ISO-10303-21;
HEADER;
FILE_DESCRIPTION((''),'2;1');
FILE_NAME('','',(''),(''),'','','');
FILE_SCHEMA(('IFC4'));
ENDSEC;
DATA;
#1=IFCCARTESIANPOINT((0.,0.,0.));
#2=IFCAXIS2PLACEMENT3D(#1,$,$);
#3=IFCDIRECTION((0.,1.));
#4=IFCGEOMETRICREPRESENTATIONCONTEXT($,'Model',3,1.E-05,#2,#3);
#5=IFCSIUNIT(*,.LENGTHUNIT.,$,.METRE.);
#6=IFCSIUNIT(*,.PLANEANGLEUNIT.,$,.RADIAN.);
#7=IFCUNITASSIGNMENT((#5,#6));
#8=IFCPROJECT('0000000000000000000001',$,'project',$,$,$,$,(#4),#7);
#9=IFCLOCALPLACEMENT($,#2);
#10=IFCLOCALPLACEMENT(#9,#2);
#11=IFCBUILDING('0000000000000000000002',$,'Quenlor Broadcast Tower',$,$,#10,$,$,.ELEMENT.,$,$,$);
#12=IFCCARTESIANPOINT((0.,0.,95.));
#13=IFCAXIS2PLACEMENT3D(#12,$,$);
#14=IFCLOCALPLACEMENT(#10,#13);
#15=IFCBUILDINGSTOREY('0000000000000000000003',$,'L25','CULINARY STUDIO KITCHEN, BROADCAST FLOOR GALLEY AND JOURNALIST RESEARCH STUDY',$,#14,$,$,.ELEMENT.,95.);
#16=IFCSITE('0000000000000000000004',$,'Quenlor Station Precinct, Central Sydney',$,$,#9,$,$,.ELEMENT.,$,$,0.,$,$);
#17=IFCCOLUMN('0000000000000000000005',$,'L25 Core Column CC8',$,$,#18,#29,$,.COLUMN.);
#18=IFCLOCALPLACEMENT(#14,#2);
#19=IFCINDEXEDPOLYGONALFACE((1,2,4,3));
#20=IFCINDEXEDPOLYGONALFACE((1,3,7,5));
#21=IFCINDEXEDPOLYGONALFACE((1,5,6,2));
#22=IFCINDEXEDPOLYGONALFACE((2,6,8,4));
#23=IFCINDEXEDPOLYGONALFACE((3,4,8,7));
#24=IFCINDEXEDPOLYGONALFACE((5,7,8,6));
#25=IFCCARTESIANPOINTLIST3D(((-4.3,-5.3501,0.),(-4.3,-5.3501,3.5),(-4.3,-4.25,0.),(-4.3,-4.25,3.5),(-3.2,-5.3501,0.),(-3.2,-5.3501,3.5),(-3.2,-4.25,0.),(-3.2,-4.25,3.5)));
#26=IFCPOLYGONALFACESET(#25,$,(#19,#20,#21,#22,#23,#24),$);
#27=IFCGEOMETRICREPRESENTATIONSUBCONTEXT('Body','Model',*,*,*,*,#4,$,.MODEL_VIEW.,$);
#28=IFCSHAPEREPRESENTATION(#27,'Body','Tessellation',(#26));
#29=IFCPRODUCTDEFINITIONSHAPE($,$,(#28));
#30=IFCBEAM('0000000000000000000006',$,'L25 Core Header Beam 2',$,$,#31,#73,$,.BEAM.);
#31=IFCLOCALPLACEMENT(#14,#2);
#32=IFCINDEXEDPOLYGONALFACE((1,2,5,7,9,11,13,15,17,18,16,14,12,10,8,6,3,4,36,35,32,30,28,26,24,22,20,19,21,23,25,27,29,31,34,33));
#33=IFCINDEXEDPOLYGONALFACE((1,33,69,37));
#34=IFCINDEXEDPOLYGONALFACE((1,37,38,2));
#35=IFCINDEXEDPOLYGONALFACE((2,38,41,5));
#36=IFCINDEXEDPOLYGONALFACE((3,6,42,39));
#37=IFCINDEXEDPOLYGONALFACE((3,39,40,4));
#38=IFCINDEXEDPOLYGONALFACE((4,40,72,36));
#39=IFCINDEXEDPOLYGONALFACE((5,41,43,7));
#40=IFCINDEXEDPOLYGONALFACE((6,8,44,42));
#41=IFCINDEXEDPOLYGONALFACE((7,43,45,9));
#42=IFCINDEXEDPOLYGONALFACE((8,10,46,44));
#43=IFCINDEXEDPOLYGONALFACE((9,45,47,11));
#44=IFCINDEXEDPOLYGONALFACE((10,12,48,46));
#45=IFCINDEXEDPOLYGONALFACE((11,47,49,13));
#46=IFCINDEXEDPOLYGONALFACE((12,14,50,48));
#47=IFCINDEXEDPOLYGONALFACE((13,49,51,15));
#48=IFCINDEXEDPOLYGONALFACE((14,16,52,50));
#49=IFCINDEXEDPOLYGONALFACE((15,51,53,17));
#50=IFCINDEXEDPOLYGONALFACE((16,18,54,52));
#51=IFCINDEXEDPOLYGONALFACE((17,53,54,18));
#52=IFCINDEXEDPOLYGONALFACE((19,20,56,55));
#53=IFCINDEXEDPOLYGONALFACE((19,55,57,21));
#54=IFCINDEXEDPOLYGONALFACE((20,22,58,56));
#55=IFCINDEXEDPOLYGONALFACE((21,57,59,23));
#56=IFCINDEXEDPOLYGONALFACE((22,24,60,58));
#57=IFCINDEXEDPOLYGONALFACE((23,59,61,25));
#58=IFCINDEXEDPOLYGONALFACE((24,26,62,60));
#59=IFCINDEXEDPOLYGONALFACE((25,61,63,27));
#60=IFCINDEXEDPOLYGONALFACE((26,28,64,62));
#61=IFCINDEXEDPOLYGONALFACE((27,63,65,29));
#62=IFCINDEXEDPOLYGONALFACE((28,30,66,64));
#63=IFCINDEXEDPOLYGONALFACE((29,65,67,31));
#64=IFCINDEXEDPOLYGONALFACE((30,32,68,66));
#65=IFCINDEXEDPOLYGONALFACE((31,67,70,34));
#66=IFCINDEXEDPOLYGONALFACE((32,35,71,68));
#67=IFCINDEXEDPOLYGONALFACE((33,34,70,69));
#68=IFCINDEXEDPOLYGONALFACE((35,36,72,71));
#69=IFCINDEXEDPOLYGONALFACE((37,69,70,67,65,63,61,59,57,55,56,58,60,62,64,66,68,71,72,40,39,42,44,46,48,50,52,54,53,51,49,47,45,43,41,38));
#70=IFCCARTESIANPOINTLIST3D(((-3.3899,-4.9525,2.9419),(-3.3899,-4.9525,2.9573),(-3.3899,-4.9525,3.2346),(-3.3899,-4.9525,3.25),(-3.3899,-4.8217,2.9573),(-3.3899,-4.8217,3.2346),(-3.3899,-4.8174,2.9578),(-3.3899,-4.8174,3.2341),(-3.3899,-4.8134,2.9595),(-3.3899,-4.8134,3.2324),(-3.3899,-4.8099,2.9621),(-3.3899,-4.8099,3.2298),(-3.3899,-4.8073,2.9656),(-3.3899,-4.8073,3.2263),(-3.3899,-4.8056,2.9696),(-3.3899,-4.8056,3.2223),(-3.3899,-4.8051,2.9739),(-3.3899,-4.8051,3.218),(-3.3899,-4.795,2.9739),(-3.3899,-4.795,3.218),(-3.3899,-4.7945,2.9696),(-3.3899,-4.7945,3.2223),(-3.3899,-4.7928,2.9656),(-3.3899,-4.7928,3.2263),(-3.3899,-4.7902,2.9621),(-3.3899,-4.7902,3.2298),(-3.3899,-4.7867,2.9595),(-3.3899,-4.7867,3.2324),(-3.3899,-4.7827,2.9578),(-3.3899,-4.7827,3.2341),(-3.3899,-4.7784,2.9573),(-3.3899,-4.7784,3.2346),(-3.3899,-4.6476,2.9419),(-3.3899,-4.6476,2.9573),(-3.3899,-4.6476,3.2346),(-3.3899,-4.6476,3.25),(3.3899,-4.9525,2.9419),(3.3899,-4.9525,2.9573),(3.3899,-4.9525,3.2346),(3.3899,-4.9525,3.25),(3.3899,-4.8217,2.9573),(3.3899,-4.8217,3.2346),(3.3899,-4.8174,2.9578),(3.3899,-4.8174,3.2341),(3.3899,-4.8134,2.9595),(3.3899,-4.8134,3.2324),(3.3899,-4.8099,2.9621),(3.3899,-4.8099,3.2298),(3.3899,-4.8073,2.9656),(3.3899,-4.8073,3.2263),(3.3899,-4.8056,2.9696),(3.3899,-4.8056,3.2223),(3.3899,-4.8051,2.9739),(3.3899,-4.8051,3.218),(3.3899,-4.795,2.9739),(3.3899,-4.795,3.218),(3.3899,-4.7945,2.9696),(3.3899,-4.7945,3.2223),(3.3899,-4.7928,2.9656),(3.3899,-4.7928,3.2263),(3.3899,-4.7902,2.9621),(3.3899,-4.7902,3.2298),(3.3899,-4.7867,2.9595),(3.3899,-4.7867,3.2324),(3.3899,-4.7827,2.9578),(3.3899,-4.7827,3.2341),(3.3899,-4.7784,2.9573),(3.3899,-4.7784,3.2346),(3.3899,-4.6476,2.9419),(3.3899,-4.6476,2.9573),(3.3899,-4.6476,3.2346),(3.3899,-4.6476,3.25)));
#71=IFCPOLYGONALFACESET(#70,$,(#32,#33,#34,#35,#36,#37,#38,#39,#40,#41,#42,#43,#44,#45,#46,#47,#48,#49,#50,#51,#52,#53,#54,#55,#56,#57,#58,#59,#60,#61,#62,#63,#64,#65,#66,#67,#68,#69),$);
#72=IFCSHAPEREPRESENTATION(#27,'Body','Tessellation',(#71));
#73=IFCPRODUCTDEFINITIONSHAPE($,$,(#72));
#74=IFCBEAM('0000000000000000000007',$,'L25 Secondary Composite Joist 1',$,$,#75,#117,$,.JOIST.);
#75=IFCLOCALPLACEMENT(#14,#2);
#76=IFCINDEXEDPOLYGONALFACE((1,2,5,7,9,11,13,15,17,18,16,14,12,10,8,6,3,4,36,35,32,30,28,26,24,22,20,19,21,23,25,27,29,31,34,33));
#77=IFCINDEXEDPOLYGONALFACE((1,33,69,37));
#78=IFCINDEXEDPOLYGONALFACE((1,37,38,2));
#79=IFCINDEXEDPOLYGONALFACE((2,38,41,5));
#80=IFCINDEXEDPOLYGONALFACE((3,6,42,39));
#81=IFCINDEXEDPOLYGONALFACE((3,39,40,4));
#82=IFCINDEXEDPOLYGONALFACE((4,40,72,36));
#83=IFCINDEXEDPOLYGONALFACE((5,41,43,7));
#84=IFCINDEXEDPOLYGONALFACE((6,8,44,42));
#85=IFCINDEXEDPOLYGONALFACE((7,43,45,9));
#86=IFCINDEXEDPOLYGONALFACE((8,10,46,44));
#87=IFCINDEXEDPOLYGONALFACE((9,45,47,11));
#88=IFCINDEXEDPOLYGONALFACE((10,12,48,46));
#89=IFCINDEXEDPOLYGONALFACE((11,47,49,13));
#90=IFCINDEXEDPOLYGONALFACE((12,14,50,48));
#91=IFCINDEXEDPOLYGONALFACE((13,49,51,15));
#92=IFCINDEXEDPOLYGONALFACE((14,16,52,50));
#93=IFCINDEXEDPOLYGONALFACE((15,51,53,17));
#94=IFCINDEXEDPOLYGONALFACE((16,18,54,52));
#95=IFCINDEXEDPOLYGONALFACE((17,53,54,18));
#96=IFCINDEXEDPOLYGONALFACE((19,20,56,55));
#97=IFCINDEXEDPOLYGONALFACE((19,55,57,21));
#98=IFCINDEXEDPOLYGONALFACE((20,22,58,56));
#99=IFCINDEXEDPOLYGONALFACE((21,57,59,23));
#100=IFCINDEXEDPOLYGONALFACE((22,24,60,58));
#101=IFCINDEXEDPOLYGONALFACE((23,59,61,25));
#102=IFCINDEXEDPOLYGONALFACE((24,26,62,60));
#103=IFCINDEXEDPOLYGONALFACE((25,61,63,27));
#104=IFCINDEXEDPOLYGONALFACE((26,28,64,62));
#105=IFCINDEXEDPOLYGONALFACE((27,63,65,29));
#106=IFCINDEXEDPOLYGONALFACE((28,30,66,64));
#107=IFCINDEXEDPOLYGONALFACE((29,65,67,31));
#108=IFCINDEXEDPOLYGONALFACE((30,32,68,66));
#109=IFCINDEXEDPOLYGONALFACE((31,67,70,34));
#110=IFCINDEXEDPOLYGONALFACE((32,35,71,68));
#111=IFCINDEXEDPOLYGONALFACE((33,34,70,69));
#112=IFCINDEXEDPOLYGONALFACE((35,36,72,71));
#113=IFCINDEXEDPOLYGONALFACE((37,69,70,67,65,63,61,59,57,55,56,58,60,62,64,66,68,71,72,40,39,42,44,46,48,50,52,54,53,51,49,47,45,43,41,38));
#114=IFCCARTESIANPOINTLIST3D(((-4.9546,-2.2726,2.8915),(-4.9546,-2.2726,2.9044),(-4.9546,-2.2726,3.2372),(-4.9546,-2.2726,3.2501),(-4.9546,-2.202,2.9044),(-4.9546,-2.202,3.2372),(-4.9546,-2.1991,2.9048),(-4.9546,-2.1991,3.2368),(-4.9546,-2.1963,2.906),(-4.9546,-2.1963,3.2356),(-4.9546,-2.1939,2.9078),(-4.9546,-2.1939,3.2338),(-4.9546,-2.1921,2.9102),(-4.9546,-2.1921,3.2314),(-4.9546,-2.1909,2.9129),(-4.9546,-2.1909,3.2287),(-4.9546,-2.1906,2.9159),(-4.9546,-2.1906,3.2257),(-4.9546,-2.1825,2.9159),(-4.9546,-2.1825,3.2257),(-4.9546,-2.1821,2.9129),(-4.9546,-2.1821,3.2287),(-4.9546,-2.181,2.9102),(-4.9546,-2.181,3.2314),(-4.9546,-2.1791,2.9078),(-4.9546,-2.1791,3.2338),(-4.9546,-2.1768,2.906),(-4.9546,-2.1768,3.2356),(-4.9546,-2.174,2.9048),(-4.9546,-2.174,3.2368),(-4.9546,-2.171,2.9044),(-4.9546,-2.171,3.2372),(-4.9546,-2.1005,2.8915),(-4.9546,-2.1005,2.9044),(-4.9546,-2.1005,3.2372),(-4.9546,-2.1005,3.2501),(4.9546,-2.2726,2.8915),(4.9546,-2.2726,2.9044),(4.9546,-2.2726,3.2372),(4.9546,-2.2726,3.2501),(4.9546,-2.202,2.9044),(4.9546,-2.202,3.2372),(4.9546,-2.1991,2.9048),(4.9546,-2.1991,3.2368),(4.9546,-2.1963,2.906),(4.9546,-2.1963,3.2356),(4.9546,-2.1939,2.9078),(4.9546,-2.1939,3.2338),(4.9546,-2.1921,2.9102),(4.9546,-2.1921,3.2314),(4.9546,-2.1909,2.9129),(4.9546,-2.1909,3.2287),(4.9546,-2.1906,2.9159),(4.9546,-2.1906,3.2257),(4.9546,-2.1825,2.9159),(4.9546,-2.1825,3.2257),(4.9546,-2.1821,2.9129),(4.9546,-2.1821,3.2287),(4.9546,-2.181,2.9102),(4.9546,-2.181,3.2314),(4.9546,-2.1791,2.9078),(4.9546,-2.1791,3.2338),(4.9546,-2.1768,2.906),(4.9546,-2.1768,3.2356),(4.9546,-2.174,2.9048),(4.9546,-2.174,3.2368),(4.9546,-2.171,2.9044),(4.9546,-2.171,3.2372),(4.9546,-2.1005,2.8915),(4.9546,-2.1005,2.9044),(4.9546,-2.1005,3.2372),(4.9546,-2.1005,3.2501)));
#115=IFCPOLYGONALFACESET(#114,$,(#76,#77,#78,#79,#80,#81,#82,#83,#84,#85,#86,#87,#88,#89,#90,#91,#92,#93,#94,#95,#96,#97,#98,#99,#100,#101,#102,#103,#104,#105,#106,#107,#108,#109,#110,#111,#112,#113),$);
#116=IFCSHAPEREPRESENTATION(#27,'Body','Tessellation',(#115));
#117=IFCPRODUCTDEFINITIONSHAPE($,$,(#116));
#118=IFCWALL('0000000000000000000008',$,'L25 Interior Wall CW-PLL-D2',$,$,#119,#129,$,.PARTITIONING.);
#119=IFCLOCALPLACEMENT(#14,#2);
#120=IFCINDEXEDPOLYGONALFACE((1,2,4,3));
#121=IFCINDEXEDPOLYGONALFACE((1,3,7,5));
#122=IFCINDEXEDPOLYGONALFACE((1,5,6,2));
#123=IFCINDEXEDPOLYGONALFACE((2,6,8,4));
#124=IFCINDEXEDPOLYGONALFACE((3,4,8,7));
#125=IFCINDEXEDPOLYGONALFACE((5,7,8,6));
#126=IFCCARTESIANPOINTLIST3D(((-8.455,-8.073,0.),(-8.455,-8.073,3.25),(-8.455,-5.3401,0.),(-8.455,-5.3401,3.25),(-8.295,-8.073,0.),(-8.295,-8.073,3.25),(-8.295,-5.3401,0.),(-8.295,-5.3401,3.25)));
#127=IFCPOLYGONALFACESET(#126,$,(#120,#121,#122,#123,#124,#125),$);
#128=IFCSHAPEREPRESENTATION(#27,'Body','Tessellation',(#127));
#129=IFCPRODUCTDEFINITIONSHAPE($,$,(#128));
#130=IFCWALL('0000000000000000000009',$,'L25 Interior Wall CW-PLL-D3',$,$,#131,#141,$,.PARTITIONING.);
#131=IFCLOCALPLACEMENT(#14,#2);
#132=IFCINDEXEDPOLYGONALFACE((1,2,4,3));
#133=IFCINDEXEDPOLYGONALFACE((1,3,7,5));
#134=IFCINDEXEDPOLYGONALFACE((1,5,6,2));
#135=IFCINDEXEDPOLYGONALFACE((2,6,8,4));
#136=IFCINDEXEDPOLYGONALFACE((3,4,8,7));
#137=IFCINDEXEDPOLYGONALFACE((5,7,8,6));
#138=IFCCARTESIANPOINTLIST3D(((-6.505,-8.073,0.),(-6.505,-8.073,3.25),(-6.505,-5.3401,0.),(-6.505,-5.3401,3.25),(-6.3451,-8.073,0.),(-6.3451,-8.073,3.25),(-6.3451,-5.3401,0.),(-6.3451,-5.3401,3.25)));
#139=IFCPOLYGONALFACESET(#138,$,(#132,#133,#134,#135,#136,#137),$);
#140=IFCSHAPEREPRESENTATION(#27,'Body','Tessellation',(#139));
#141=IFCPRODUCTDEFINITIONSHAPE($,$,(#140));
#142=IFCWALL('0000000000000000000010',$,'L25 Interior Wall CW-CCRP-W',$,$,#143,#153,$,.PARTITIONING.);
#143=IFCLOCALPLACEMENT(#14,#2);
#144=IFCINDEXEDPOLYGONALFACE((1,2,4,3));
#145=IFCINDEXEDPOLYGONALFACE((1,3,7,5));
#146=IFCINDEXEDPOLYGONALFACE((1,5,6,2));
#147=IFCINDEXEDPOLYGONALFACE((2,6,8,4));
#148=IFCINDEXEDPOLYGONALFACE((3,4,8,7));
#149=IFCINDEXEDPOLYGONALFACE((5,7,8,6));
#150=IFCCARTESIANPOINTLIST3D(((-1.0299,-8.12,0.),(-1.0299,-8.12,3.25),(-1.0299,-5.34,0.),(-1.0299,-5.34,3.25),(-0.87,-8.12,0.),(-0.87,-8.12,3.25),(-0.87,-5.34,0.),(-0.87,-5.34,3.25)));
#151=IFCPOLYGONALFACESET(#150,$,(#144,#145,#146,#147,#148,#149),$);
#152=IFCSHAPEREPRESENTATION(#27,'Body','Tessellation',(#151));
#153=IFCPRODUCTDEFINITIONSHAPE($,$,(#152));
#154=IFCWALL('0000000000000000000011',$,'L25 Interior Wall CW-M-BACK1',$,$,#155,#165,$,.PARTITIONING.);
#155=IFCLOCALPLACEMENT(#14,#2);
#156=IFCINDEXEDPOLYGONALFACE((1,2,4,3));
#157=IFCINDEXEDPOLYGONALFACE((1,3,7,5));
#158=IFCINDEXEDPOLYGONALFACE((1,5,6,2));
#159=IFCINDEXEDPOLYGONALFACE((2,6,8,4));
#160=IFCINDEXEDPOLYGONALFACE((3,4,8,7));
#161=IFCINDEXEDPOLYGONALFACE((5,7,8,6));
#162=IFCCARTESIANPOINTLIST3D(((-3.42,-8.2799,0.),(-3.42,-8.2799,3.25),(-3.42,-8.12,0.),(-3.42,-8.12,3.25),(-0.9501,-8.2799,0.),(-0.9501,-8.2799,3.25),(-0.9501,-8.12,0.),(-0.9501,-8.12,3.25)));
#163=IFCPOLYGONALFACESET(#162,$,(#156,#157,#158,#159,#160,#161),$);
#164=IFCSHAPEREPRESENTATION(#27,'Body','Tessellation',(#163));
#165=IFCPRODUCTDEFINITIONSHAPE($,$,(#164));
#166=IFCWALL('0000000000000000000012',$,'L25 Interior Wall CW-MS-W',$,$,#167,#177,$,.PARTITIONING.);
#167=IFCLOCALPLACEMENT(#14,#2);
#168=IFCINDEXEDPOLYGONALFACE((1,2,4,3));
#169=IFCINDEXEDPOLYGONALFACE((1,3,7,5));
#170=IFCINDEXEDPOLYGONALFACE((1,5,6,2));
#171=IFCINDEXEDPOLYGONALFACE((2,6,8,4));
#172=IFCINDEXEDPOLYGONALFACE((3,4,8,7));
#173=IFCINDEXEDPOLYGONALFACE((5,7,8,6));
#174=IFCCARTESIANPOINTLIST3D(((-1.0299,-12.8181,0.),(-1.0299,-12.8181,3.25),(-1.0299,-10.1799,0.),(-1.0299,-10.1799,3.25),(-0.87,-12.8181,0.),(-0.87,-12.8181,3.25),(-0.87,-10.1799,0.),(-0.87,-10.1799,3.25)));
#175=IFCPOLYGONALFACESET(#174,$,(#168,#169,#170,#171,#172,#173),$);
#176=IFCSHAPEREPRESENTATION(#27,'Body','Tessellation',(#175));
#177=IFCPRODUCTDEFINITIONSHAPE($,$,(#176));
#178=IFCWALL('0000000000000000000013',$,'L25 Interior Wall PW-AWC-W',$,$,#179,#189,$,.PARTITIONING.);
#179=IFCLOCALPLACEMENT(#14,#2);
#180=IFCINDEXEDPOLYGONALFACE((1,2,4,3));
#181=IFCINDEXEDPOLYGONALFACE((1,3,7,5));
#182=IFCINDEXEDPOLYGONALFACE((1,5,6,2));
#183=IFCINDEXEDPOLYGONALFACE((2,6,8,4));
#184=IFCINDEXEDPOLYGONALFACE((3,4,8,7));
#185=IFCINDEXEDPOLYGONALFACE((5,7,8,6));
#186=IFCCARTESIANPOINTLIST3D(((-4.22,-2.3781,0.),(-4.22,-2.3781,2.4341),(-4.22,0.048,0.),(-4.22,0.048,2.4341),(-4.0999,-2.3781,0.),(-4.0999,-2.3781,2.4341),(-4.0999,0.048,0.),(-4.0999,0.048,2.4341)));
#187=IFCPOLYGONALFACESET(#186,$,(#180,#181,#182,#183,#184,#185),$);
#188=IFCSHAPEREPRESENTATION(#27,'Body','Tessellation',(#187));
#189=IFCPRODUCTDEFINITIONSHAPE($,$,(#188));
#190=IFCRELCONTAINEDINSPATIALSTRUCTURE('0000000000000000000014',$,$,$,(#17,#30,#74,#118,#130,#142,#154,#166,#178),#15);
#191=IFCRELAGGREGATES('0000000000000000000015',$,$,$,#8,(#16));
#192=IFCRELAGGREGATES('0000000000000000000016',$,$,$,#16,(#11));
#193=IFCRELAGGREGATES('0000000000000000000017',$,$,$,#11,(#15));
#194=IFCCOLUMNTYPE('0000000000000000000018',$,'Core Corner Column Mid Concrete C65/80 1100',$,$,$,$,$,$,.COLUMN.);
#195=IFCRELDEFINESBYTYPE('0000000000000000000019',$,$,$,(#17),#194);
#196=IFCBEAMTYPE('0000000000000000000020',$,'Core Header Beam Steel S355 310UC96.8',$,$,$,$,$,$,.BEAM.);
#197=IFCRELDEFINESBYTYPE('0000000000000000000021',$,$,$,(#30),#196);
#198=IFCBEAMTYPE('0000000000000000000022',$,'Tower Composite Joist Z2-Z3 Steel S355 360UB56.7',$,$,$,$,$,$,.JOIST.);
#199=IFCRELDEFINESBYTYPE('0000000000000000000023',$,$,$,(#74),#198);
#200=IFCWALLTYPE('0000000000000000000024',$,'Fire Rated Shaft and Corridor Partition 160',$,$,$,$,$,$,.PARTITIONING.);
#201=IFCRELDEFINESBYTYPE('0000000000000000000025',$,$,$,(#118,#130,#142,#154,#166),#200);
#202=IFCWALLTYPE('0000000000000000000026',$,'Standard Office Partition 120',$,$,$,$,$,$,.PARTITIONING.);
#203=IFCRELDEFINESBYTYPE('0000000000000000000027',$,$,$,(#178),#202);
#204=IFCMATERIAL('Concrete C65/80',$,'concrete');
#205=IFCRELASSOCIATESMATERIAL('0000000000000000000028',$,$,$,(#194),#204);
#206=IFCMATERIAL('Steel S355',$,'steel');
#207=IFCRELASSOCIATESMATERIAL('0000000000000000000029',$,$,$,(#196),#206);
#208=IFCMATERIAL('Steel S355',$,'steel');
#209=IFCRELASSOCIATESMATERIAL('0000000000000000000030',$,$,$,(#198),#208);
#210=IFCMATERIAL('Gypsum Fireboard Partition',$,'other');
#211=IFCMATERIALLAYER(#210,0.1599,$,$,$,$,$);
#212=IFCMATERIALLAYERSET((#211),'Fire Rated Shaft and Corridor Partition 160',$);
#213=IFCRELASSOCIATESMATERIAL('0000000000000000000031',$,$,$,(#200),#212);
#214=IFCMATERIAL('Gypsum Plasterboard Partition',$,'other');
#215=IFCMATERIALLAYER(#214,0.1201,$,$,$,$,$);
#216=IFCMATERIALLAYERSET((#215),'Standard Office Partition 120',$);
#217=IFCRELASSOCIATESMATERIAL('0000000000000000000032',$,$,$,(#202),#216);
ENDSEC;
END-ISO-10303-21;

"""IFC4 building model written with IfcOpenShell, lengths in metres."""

from ifc_helpers import new_model, si_unit, direction, frame, frame_2d, origin, origin_2d, place, context, subcontext, project, spatial, rectangle, i_section, extrude, material, layer, layer_set, material_profile, profile_set, type_object, element, save


model = new_model("IFC4")

# Units and contexts
model_context = context("Model", 3, precision=1e-05, world=origin(), true_north=direction((0.0, 1.0)))
body_context = subcontext(model_context, "Body", "Model", "MODEL_VIEW")
ifc_project = project(units=[si_unit("LENGTHUNIT", "METRE"), si_unit("PLANEANGLEUNIT", "RADIAN")], contexts=[model_context])

# Site, building, storey
site_placement = place(None, origin())
site = spatial("IfcSite", under=ifc_project, at=site_placement, Name="Quenlor Station Precinct, Central Sydney", CompositionType="ELEMENT", RefElevation=0.0)
building_placement = place(site_placement, origin())
building = spatial("IfcBuilding", under=site, at=building_placement, Name="Quenlor Broadcast Tower", CompositionType="ELEMENT")
storey_placement = place(building_placement, frame((0.0, 0.0, 95.0)))
storey = spatial("IfcBuildingStorey", under=building, at=storey_placement, Name="L25", Description="CULINARY STUDIO KITCHEN, BROADCAST FLOOR GALLEY AND JOURNALIST RESEARCH STUDY", CompositionType="ELEMENT", Elevation=95.0)

# Column
ifc_material_1 = material(Name="Concrete C65/80", Category="concrete")
ifc_material_profile_1 = material_profile(ifc_material_1, rectangle(XDim=1.1001, YDim=1.1001, at=origin_2d()))
ifc_profile_set_1 = profile_set([ifc_material_profile_1], Name="Concrete C65/80 RC1100x1100")
column_type = type_object("IfcColumnType", Name="Core Corner Column Mid Concrete C65/80 1100", PredefinedType="COLUMN", material=ifc_profile_set_1)
column_placement = place(storey_placement, frame((-3.75, -4.8, 0.0), z_axis=(0.0, 0.0, 1.0), x_axis=(1.0, 0.0, 0.0)))
element("IfcColumn", 1, at=column_placement, inside=storey, type_object=column_type, Name="L25 Core Column CC8", PredefinedType="COLUMN", context=body_context, shape_type="SweptSolid", body=[
    extrude(rectangle(XDim=1.1001, YDim=1.1001, at=origin_2d()), origin(), (0.0, 0.0, 1.0), 3.5),
])

# Beams
ifc_material_2 = material(Name="Steel S355", Category="steel")
ifc_material_profile_2 = material_profile(ifc_material_2, i_section(OverallWidth=0.3049, OverallDepth=0.3081, WebThickness=0.01, FlangeThickness=0.0154, FilletRadius=0.0166, at=origin_2d()))
ifc_profile_set_2 = profile_set([ifc_material_profile_2], Name="Steel S355 310UC96.8")
beam_type_1 = type_object("IfcBeamType", Name="Core Header Beam Steel S355 310UC96.8", PredefinedType="BEAM", material=ifc_profile_set_2)
beam_1_placement = place(storey_placement, frame((-3.3899, -4.8, 3.0959), z_axis=(1.0, 0.0, 0.0), x_axis=(0.0, 1.0, 0.0)))
element("IfcBeam", 2, at=beam_1_placement, inside=storey, type_object=beam_type_1, Name="L25 Core Header Beam 2", PredefinedType="BEAM", context=body_context, shape_type="SweptSolid", body=[
    extrude(i_section(OverallWidth=0.3049, OverallDepth=0.3081, WebThickness=0.01, FlangeThickness=0.0154, FilletRadius=0.0166, at=origin_2d()), origin(), (0.0, 0.0, 1.0), 6.7798),
])
ifc_material_3 = material(Name="Steel S355", Category="steel")
ifc_material_profile_3 = material_profile(ifc_material_3, i_section(OverallWidth=0.1721, OverallDepth=0.3586, WebThickness=0.0081, FlangeThickness=0.0129, FilletRadius=0.0115, at=origin_2d()))
ifc_profile_set_3 = profile_set([ifc_material_profile_3], Name="Steel S355 360UB56.7")
beam_type_2 = type_object("IfcBeamType", Name="Tower Composite Joist Z2-Z3 Steel S355 360UB56.7", PredefinedType="JOIST", material=ifc_profile_set_3)
beam_2_placement = place(storey_placement, frame((-4.9546, -2.1865, 3.0708), z_axis=(1.0, 0.0, 0.0), x_axis=(0.0, 1.0, 0.0)))
element("IfcBeam", 3, at=beam_2_placement, inside=storey, type_object=beam_type_2, Name="L25 Secondary Composite Joist 1", PredefinedType="JOIST", context=body_context, shape_type="SweptSolid", body=[
    extrude(i_section(OverallWidth=0.1721, OverallDepth=0.3586, WebThickness=0.0081, FlangeThickness=0.0129, FilletRadius=0.0115, at=origin_2d()), origin(), (0.0, 0.0, 1.0), 9.9092),
])

# Walls
ifc_material_4 = material(Name="Gypsum Fireboard Partition", Category="other")
ifc_layer_1 = layer(ifc_material_4, 0.1599)
ifc_layer_set_1 = layer_set([ifc_layer_1], Name="Fire Rated Shaft and Corridor Partition 160")
wall_type_1 = type_object("IfcWallType", Name="Fire Rated Shaft and Corridor Partition 160", PredefinedType="PARTITIONING", material=ifc_layer_set_1)
for number, where, z_axis, x_axis, name in (
    (4, (-8.375, -8.073, 0.0), (0.0, 0.0, 1.0), (0.0, 1.0, 0.0), "L25 Interior Wall CW-PLL-D2"),
    (5, (-6.425, -8.073, 0.0), (0.0, 0.0, 1.0), (0.0, 1.0, 0.0), "L25 Interior Wall CW-PLL-D3"),
):
    element("IfcWall", number, at=place(storey_placement, frame(where, z_axis=z_axis, x_axis=x_axis)), inside=storey, type_object=wall_type_1, Name=name, PredefinedType="PARTITIONING", context=body_context, shape_type="SweptSolid", body=[
        extrude(rectangle(XDim=2.7329, YDim=0.1599, at=frame_2d((1.3665, 0.0))), origin(), (0.0, 0.0, 1.0), 3.25),
    ])
wall_1_placement = place(storey_placement, frame((-0.95, -8.1201, 0.0), z_axis=(0.0, 0.0, 1.0), x_axis=(0.0, 1.0, 0.0)))
element("IfcWall", 6, at=wall_1_placement, inside=storey, type_object=wall_type_1, Name="L25 Interior Wall CW-CCRP-W", PredefinedType="PARTITIONING", context=body_context, shape_type="SweptSolid", body=[
    extrude(rectangle(XDim=2.78, YDim=0.1599, at=frame_2d((1.3901, 0.0))), origin(), (0.0, 0.0, 1.0), 3.25),
])
wall_2_placement = place(storey_placement, frame((-3.4199, -8.2, 0.0), z_axis=(0.0, 0.0, 1.0), x_axis=(1.0, 0.0, 0.0)))
element("IfcWall", 7, at=wall_2_placement, inside=storey, type_object=wall_type_1, Name="L25 Interior Wall CW-M-BACK1", PredefinedType="PARTITIONING", context=body_context, shape_type="SweptSolid", body=[
    extrude(rectangle(XDim=2.47, YDim=0.1599, at=frame_2d((1.2349, 0.0))), origin(), (0.0, 0.0, 1.0), 3.25),
])
wall_3_placement = place(storey_placement, frame((-0.95, -12.8181, 0.0), z_axis=(0.0, 0.0, 1.0), x_axis=(0.0, 1.0, 0.0)))
element("IfcWall", 8, at=wall_3_placement, inside=storey, type_object=wall_type_1, Name="L25 Interior Wall CW-MS-W", PredefinedType="PARTITIONING", context=body_context, shape_type="SweptSolid", body=[
    extrude(rectangle(XDim=2.6382, YDim=0.1599, at=frame_2d((1.3191, 0.0))), origin(), (0.0, 0.0, 1.0), 3.25),
])

# Shared definitions
ifc_material_5 = material(Name="Gypsum Plasterboard Partition", Category="other")
ifc_layer_2 = layer(ifc_material_5, 0.1201)
ifc_layer_set_2 = layer_set([ifc_layer_2], Name="Standard Office Partition 120")
wall_type_2 = type_object("IfcWallType", Name="Standard Office Partition 120", PredefinedType="PARTITIONING", material=ifc_layer_set_2)

# Wall
wall_4_placement = place(storey_placement, frame((-4.1599, -2.3779, 0.0), z_axis=(0.0, 0.0, 1.0), x_axis=(0.0, 1.0, 0.0)))
element("IfcWall", 9, at=wall_4_placement, inside=storey, type_object=wall_type_2, Name="L25 Interior Wall PW-AWC-W", PredefinedType="PARTITIONING", context=body_context, shape_type="SweptSolid", body=[
    extrude(rectangle(XDim=2.426, YDim=0.1201, at=frame_2d((1.2129, 0.0))), origin(), (0.0, 0.0, 1.0), 2.4341),
])

save(model, "model.ifc")
